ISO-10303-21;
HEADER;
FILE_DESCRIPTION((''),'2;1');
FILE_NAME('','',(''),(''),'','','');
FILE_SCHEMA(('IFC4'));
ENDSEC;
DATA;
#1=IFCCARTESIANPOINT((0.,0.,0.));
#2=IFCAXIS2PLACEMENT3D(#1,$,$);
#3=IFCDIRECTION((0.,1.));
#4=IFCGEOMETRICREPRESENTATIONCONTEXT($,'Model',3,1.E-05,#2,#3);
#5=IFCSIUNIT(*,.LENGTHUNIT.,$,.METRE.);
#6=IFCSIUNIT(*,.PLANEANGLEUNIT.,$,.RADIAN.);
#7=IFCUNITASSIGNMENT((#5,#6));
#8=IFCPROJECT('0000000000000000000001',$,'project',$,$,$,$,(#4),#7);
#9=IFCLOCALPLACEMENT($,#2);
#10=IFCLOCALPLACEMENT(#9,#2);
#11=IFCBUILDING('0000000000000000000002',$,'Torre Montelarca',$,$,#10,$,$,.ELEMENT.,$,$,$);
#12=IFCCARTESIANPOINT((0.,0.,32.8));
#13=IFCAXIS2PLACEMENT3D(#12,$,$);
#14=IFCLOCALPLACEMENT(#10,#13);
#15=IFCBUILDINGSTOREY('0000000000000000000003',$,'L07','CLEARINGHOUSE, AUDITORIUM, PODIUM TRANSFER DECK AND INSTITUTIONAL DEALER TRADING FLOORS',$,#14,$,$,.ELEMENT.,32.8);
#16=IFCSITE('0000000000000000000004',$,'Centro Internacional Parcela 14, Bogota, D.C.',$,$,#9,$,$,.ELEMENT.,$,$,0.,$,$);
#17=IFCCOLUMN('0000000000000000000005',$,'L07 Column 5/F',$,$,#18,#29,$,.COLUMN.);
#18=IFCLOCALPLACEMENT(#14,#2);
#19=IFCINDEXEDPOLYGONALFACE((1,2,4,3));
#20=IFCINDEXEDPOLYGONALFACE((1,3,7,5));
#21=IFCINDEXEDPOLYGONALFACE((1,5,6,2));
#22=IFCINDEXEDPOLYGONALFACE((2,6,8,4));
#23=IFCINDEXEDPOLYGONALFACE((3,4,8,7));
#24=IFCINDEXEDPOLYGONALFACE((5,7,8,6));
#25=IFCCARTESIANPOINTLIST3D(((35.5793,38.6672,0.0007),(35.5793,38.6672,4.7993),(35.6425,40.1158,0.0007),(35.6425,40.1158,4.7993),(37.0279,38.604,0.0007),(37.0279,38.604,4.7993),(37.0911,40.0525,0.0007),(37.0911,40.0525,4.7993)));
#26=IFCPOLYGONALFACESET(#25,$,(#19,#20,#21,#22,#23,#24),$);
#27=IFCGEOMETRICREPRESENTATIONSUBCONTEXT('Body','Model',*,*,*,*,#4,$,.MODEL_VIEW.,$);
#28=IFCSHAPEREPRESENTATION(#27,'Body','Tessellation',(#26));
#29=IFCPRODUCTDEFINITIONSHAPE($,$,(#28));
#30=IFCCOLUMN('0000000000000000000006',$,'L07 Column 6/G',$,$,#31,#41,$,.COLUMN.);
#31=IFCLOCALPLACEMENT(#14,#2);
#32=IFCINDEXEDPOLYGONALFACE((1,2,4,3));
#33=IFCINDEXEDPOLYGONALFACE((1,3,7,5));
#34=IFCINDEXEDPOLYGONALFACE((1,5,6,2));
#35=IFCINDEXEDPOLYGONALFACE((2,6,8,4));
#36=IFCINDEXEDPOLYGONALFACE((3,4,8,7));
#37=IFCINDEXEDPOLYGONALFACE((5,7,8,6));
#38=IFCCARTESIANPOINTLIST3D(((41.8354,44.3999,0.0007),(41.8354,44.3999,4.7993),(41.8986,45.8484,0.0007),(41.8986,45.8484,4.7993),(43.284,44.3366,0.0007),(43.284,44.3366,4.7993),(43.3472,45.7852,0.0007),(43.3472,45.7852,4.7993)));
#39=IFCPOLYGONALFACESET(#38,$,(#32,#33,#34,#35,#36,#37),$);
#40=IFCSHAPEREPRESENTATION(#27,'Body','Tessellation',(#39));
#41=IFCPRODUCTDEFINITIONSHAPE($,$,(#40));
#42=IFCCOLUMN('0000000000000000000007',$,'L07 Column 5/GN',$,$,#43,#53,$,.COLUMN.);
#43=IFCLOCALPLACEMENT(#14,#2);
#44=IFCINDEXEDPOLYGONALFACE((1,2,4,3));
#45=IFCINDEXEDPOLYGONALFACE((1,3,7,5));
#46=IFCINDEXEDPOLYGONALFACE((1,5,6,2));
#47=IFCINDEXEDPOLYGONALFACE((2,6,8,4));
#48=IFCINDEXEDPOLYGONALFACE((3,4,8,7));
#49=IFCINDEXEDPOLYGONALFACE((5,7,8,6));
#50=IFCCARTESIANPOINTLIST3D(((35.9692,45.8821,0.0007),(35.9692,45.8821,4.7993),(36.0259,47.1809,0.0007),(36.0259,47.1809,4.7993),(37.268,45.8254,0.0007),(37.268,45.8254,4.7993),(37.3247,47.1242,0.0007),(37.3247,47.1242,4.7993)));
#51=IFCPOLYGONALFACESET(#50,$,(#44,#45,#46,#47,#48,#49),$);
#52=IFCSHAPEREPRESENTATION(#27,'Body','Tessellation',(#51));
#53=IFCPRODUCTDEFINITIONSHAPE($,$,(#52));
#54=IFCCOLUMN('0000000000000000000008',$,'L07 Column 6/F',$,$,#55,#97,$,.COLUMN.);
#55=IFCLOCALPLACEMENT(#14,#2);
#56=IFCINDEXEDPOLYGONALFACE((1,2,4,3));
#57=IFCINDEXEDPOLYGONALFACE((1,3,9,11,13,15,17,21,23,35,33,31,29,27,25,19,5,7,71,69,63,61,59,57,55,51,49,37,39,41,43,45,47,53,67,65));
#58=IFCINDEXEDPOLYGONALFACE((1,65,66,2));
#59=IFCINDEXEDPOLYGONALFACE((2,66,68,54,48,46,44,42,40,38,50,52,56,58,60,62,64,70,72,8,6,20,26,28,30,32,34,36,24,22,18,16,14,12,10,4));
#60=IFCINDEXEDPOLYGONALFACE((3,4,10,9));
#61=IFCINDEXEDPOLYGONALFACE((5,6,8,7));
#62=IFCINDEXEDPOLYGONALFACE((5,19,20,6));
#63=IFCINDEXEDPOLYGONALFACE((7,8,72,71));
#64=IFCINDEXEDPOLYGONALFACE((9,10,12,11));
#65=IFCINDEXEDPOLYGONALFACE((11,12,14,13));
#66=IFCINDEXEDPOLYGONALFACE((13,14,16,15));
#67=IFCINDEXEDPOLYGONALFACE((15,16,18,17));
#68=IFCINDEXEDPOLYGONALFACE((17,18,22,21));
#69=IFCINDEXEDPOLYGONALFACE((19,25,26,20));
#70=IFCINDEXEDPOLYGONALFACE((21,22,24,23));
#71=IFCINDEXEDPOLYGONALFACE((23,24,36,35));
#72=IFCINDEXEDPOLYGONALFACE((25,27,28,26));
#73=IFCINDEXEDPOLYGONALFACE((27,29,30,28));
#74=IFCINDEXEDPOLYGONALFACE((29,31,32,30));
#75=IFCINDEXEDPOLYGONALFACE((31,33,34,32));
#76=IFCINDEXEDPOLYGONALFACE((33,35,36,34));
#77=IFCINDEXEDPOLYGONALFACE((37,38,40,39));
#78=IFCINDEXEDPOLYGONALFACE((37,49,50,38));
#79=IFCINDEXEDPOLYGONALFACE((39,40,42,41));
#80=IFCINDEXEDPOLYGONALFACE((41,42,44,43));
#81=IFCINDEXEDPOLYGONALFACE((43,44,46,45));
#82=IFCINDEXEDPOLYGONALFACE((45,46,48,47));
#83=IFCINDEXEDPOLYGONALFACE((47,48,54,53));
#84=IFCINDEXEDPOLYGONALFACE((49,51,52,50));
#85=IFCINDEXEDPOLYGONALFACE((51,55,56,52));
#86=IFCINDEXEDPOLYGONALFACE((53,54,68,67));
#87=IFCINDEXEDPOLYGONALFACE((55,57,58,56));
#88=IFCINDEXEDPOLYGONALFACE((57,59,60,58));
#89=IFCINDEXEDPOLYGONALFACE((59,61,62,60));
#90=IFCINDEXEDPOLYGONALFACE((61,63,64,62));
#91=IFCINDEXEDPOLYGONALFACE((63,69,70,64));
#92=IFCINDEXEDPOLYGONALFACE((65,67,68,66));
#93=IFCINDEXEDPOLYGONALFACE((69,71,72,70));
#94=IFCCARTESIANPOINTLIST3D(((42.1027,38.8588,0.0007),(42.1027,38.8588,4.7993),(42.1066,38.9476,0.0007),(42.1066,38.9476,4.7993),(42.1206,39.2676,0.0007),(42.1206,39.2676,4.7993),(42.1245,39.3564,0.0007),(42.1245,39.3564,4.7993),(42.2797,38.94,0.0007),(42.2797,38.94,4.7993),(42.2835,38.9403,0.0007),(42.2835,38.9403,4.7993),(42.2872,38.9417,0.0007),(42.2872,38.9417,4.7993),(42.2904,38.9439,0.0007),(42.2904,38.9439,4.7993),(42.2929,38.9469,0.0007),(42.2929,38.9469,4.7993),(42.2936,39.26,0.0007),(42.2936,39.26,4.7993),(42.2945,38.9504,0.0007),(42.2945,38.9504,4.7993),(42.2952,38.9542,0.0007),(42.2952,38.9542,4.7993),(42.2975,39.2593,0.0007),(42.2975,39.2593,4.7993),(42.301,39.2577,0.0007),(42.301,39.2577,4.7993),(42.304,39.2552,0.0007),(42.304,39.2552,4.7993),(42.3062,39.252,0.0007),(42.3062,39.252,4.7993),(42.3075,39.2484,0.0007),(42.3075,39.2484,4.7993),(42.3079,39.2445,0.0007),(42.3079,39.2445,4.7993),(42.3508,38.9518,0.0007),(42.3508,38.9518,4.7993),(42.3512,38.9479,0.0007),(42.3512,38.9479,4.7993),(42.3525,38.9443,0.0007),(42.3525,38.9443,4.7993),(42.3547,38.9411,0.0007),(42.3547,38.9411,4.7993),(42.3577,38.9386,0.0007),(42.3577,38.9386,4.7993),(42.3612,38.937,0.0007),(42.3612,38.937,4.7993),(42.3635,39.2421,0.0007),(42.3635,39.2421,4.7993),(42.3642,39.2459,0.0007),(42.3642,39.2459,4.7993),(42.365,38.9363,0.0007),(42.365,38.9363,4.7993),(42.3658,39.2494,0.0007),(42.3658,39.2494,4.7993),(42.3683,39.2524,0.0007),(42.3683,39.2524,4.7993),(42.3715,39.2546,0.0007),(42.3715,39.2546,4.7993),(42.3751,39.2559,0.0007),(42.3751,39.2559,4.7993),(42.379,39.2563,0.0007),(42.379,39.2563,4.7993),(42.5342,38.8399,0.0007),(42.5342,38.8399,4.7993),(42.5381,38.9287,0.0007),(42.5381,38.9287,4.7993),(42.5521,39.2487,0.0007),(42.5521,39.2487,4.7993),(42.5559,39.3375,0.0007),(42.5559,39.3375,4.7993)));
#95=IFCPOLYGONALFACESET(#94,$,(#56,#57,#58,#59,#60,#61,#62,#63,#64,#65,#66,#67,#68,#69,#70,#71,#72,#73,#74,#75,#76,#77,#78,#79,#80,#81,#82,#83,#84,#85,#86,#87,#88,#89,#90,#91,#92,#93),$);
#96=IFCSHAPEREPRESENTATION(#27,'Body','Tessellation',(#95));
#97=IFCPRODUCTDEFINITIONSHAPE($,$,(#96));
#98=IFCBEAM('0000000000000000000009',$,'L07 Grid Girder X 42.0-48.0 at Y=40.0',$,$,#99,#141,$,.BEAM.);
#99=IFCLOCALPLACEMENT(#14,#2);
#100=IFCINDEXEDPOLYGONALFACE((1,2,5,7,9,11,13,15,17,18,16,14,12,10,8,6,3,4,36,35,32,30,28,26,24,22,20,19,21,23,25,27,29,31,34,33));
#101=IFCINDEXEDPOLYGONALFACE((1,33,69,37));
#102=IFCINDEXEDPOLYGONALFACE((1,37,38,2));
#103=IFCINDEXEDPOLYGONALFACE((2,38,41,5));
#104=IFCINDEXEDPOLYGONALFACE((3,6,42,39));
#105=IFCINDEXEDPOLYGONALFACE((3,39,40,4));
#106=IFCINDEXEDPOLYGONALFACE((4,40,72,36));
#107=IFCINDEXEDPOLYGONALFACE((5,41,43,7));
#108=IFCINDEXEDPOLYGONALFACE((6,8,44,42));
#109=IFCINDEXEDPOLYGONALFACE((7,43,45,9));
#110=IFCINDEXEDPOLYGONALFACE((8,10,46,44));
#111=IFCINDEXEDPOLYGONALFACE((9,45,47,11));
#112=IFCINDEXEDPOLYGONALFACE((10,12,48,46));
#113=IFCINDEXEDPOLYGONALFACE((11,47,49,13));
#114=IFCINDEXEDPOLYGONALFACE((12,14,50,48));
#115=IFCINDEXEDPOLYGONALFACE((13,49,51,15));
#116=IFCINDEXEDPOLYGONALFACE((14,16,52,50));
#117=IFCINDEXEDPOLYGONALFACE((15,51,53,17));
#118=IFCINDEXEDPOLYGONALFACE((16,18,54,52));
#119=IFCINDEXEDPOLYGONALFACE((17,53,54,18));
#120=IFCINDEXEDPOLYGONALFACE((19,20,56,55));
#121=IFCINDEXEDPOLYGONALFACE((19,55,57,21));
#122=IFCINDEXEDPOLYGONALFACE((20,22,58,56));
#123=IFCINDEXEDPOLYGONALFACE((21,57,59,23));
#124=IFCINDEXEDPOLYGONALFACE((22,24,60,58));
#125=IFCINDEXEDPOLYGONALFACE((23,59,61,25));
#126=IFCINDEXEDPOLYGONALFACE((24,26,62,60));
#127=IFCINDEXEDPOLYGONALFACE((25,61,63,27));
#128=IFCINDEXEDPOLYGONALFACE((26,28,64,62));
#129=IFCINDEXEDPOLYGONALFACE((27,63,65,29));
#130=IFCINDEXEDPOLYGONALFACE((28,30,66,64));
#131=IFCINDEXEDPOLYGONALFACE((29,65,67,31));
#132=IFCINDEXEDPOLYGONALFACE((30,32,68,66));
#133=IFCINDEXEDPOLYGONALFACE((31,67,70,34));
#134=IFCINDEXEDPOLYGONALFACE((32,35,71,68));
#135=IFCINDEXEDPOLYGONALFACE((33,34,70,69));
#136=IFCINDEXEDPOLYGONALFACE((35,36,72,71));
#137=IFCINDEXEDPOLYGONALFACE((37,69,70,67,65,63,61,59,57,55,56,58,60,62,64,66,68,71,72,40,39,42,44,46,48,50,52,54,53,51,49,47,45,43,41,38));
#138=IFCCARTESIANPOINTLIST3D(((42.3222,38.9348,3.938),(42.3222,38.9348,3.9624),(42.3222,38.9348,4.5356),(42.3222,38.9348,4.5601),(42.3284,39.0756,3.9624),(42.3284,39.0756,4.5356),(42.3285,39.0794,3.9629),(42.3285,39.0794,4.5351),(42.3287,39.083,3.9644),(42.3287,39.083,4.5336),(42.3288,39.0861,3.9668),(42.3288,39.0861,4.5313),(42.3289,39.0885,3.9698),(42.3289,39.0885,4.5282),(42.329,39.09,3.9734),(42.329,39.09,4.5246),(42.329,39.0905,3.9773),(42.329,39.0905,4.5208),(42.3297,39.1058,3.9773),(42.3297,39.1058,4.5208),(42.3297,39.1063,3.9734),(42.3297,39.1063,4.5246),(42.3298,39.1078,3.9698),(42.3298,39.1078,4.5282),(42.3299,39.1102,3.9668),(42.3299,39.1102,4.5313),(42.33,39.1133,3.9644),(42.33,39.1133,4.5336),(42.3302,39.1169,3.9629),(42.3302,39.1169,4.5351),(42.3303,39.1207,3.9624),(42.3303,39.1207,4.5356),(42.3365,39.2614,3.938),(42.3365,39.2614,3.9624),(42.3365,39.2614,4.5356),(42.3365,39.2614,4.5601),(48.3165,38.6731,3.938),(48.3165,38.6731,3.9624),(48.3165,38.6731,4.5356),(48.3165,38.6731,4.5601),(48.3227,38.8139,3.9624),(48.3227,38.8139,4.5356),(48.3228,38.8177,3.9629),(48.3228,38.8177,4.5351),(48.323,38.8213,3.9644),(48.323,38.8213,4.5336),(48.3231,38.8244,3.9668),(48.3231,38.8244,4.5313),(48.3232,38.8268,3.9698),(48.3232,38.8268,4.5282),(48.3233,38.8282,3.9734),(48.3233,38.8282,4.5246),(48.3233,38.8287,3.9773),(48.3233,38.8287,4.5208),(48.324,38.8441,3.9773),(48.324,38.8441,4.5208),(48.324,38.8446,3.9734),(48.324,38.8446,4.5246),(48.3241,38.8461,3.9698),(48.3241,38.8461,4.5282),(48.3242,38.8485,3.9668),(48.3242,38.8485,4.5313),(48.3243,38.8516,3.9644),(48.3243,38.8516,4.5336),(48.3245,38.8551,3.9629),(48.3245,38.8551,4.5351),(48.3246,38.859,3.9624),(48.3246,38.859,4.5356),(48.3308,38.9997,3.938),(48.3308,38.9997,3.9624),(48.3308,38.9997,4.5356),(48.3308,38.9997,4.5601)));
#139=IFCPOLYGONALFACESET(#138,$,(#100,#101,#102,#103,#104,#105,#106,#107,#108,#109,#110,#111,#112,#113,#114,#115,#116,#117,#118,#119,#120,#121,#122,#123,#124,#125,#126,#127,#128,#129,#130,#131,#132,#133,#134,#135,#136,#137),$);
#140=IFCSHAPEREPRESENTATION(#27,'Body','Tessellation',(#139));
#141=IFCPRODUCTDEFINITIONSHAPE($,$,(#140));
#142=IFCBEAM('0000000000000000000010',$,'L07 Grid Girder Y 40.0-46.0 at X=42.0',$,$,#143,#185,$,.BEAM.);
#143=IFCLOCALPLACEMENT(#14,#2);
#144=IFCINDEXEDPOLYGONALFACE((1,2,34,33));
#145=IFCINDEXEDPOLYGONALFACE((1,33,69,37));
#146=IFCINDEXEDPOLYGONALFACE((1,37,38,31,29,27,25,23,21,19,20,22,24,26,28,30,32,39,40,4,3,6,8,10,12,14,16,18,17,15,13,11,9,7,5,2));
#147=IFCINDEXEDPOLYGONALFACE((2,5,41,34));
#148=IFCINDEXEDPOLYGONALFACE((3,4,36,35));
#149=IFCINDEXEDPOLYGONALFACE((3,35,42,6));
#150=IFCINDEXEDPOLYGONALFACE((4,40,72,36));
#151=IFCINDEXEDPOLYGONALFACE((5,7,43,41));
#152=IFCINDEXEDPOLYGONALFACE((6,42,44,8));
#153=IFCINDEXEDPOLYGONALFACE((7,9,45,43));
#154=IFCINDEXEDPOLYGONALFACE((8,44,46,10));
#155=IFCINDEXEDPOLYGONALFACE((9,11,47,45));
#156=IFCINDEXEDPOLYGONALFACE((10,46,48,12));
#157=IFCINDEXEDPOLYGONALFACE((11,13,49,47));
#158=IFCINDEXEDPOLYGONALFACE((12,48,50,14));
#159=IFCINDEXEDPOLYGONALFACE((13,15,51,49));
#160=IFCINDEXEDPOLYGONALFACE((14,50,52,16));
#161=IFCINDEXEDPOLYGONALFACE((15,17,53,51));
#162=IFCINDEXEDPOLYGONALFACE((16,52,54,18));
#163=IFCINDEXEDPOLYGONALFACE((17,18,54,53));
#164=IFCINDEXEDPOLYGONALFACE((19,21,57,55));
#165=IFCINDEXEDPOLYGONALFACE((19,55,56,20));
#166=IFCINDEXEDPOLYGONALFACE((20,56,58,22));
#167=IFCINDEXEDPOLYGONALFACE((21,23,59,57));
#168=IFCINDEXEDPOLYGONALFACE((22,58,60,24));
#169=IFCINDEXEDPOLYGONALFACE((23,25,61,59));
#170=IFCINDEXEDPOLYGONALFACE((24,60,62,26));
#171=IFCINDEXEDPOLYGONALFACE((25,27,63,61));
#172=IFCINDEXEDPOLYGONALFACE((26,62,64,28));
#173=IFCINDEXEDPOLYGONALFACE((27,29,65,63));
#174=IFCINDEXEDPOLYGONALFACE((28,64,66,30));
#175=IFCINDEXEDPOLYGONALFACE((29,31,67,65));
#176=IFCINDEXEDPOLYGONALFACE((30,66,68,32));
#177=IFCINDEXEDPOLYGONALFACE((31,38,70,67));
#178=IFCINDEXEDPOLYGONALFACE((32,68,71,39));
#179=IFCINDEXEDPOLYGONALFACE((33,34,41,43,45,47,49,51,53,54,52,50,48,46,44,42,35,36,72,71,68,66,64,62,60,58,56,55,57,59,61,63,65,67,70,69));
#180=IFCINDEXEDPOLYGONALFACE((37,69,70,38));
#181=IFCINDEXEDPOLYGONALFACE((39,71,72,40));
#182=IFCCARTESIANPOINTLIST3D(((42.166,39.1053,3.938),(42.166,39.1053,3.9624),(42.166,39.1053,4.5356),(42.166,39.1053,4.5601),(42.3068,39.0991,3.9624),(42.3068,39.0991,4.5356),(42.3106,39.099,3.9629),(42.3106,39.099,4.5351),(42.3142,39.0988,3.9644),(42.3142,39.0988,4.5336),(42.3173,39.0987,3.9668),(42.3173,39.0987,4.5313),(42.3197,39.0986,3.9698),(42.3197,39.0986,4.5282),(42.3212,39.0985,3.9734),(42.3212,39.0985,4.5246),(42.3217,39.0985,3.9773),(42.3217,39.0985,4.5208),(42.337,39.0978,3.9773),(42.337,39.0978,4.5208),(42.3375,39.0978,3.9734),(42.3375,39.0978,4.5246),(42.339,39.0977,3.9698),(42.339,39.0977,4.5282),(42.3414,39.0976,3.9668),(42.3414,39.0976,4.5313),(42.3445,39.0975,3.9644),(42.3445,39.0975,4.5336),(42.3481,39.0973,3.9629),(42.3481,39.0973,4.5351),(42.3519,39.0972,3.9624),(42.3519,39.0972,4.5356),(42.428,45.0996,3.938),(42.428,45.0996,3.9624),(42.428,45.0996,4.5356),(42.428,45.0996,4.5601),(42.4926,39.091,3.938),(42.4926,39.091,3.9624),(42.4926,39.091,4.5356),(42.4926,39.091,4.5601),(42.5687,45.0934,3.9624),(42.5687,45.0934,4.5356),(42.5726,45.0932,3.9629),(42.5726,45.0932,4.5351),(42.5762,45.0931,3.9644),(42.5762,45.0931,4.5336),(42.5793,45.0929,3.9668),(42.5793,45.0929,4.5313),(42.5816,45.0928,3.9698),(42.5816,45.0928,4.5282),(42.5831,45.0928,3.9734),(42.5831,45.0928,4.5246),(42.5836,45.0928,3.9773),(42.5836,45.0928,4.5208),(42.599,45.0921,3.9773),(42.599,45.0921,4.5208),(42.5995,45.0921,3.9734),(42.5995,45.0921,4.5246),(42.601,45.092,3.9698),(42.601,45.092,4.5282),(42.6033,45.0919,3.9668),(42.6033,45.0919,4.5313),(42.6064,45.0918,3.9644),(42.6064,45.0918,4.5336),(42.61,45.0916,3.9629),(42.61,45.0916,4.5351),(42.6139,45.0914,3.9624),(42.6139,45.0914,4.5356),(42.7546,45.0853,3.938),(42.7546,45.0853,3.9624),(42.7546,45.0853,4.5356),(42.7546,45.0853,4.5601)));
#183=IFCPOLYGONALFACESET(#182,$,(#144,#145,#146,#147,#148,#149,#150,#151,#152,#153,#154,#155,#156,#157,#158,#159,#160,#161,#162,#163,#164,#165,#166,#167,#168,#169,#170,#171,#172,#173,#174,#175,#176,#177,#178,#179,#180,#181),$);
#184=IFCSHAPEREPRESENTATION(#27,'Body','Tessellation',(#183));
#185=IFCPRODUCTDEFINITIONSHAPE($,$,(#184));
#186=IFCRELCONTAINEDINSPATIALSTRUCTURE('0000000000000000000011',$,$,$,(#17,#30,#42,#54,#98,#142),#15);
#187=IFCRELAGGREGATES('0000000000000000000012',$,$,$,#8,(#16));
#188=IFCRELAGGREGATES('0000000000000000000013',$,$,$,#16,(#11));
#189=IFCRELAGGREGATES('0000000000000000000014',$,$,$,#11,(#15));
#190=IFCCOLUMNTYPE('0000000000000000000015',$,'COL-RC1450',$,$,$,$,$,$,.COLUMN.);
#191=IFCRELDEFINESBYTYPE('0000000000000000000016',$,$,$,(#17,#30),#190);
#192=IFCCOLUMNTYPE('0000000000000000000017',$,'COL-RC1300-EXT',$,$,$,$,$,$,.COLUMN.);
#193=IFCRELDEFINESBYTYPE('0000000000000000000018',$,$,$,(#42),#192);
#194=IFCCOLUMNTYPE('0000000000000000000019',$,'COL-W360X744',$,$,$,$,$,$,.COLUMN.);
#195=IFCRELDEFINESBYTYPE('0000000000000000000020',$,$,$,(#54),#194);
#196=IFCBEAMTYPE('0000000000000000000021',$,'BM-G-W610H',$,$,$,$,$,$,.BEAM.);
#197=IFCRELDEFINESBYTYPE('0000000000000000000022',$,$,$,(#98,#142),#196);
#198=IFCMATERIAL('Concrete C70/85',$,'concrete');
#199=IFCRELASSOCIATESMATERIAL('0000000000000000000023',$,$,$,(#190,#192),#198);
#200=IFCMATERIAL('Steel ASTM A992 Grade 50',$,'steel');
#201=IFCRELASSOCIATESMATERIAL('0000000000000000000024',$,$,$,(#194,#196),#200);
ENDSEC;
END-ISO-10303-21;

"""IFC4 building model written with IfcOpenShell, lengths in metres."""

from ifc_helpers import new_model, si_unit, direction, frame, origin, origin_2d, place, context, subcontext, project, spatial, rectangle, i_section, extrude, source, transform, mapped, material, material_profile, profile_set, type_object, element, save


model = new_model("IFC4")

# Units and contexts
model_context = context("Model", 3, precision=1e-05, world=origin(), true_north=direction((0.0, 1.0)))
body_context = subcontext(model_context, "Body", "Model", "MODEL_VIEW")
ifc_project = project(units=[si_unit("LENGTHUNIT", "METRE"), si_unit("PLANEANGLEUNIT", "RADIAN")], contexts=[model_context])

# Site, building, storey
site_placement = place(None, origin())
site = spatial("IfcSite", under=ifc_project, at=site_placement, Name="Centro Internacional Parcela 14, Bogota, D.C.", CompositionType="ELEMENT", RefElevation=0.0)
building_placement = place(site_placement, origin())
building = spatial("IfcBuilding", under=site, at=building_placement, Name="Torre Montelarca", CompositionType="ELEMENT")
storey_placement = place(building_placement, frame((0.0, 0.0, 32.8)))
storey = spatial("IfcBuildingStorey", under=building, at=storey_placement, Name="L07", Description="CLEARINGHOUSE, AUDITORIUM, PODIUM TRANSFER DECK AND INSTITUTIONAL DEALER TRADING FLOORS", CompositionType="ELEMENT", Elevation=32.8)

# Columns
ifc_material_1 = material(Name="Concrete C70/85", Category="concrete")
ifc_material_profile_1 = material_profile(ifc_material_1, rectangle(XDim=1.45, YDim=1.45, at=origin_2d()), Name="RC1450X1450", Category="concrete")
ifc_profile_set_1 = profile_set([ifc_material_profile_1], Name="Concrete C70/85")
column_type_1 = type_object("IfcColumnType", Name="COL-RC1450", PredefinedType="COLUMN", material=ifc_profile_set_1)
shared_shape_1 = source(origin(), body_context, "Body", "SweptSolid", [
    extrude(rectangle(XDim=1.45, YDim=1.45, at=origin_2d()), origin(), (0.0, 0.0, 1.0), 4.7986),
])
for number, where, z_axis, x_axis, name in (
    (1, (36.3352, 39.3599, 0.0007), (0.0, 0.0, 1.0), (-0.999048, 0.043619, 0.0), "L07 Column 5/F"),
    (2, (42.5913, 45.0925, 0.0007), (0.0, 0.0, 1.0), (-0.999048, 0.043619, 0.0), "L07 Column 6/G"),
):
    element("IfcColumn", number, at=place(storey_placement, frame(where, z_axis=z_axis, x_axis=x_axis)), inside=storey, type_object=column_type_1, Name=name, PredefinedType="COLUMN", context=body_context, shape_type="MappedRepresentation", body=[
        mapped(shared_shape_1, transform((0.0, 0.0, 0.0), scale=1.0)),
    ])
ifc_material_profile_2 = material_profile(ifc_material_1, rectangle(XDim=1.3, YDim=1.3, at=origin_2d()), Name="RC1300X1300", Category="concrete")
ifc_profile_set_2 = profile_set([ifc_material_profile_2], Name="Concrete C70/85")
column_type_2 = type_object("IfcColumnType", Name="COL-RC1300-EXT", PredefinedType="COLUMN", material=ifc_profile_set_2)
shared_shape_2 = source(origin(), body_context, "Body", "SweptSolid", [
    extrude(rectangle(XDim=1.3, YDim=1.3, at=origin_2d()), origin(), (0.0, 0.0, 1.0), 4.7986),
])
column_1_placement = place(storey_placement, frame((36.647, 46.5032, 0.0007), z_axis=(0.0, 0.0, 1.0), x_axis=(-0.999048, 0.043619, 0.0)))
element("IfcColumn", 3, at=column_1_placement, inside=storey, type_object=column_type_2, Name="L07 Column 5/GN", PredefinedType="COLUMN", context=body_context, shape_type="MappedRepresentation", body=[
    mapped(shared_shape_2, transform((0.0, 0.0, 0.0), scale=1.0)),
])
ifc_material_2 = material(Name="Steel ASTM A992 Grade 50", Category="steel")
ifc_material_profile_3 = material_profile(ifc_material_2, i_section(OverallWidth=0.4319, OverallDepth=0.498, WebThickness=0.0557, FlangeThickness=0.0889, FilletRadius=0.0149, at=origin_2d()), Name="W360X744", Category="steel")
ifc_profile_set_3 = profile_set([ifc_material_profile_3], Name="Steel ASTM A992 Grade 50")
column_type_3 = type_object("IfcColumnType", Name="COL-W360X744", PredefinedType="COLUMN", material=ifc_profile_set_3)
shared_shape_3 = source(origin(), body_context, "Body", "SweptSolid", [
    extrude(i_section(OverallWidth=0.4319, OverallDepth=0.498, WebThickness=0.0557, FlangeThickness=0.0889, FilletRadius=0.0149, at=origin_2d()), origin(), (0.0, 0.0, 1.0), 4.7986),
])
column_2_placement = place(storey_placement, frame((42.3293, 39.0981, 0.0007), z_axis=(0.0, 0.0, 1.0), x_axis=(-0.999048, 0.043619, 0.0)))
element("IfcColumn", 4, at=column_2_placement, inside=storey, type_object=column_type_3, Name="L07 Column 6/F", PredefinedType="COLUMN", context=body_context, shape_type="MappedRepresentation", body=[
    mapped(shared_shape_3, transform((0.0, 0.0, 0.0), scale=1.0)),
])

# Beams
ifc_material_profile_4 = material_profile(ifc_material_2, i_section(OverallWidth=0.3269, OverallDepth=0.6221, WebThickness=0.0154, FlangeThickness=0.0244, FilletRadius=0.0149, at=origin_2d()), Name="W610X195", Category="steel")
ifc_profile_set_4 = profile_set([ifc_material_profile_4], Name="Steel ASTM A992 Grade 50")
beam_type = type_object("IfcBeamType", Name="BM-G-W610H", PredefinedType="BEAM", material=ifc_profile_set_4)
shared_shape_4 = source(origin(), body_context, "Body", "SweptSolid", [
    extrude(i_section(OverallWidth=0.3269, OverallDepth=0.6221, WebThickness=0.0154, FlangeThickness=0.0244, FilletRadius=0.0149, at=origin_2d()), origin(), (0.0, 0.0, 1.0), 6.0),
])
for number, where, z_axis, x_axis, name in (
    (5, (42.3293, 39.0981, 4.249), (0.999048, -0.043619, 0.0), (0.043619, 0.999048, 0.0), "L07 Grid Girder X 42.0-48.0 at Y=40.0"),
    (6, (42.3293, 39.0981, 4.249), (0.04366, 0.999046, 0.0), (-0.999046, 0.04366, 0.0), "L07 Grid Girder Y 40.0-46.0 at X=42.0"),
):
    element("IfcBeam", number, at=place(storey_placement, frame(where, z_axis=z_axis, x_axis=x_axis)), inside=storey, type_object=beam_type, Name=name, PredefinedType="BEAM", context=body_context, shape_type="MappedRepresentation", body=[
        mapped(shared_shape_4, transform((0.0, 0.0, 0.0), scale=1.0)),
    ])

save(model, "model.ifc")
